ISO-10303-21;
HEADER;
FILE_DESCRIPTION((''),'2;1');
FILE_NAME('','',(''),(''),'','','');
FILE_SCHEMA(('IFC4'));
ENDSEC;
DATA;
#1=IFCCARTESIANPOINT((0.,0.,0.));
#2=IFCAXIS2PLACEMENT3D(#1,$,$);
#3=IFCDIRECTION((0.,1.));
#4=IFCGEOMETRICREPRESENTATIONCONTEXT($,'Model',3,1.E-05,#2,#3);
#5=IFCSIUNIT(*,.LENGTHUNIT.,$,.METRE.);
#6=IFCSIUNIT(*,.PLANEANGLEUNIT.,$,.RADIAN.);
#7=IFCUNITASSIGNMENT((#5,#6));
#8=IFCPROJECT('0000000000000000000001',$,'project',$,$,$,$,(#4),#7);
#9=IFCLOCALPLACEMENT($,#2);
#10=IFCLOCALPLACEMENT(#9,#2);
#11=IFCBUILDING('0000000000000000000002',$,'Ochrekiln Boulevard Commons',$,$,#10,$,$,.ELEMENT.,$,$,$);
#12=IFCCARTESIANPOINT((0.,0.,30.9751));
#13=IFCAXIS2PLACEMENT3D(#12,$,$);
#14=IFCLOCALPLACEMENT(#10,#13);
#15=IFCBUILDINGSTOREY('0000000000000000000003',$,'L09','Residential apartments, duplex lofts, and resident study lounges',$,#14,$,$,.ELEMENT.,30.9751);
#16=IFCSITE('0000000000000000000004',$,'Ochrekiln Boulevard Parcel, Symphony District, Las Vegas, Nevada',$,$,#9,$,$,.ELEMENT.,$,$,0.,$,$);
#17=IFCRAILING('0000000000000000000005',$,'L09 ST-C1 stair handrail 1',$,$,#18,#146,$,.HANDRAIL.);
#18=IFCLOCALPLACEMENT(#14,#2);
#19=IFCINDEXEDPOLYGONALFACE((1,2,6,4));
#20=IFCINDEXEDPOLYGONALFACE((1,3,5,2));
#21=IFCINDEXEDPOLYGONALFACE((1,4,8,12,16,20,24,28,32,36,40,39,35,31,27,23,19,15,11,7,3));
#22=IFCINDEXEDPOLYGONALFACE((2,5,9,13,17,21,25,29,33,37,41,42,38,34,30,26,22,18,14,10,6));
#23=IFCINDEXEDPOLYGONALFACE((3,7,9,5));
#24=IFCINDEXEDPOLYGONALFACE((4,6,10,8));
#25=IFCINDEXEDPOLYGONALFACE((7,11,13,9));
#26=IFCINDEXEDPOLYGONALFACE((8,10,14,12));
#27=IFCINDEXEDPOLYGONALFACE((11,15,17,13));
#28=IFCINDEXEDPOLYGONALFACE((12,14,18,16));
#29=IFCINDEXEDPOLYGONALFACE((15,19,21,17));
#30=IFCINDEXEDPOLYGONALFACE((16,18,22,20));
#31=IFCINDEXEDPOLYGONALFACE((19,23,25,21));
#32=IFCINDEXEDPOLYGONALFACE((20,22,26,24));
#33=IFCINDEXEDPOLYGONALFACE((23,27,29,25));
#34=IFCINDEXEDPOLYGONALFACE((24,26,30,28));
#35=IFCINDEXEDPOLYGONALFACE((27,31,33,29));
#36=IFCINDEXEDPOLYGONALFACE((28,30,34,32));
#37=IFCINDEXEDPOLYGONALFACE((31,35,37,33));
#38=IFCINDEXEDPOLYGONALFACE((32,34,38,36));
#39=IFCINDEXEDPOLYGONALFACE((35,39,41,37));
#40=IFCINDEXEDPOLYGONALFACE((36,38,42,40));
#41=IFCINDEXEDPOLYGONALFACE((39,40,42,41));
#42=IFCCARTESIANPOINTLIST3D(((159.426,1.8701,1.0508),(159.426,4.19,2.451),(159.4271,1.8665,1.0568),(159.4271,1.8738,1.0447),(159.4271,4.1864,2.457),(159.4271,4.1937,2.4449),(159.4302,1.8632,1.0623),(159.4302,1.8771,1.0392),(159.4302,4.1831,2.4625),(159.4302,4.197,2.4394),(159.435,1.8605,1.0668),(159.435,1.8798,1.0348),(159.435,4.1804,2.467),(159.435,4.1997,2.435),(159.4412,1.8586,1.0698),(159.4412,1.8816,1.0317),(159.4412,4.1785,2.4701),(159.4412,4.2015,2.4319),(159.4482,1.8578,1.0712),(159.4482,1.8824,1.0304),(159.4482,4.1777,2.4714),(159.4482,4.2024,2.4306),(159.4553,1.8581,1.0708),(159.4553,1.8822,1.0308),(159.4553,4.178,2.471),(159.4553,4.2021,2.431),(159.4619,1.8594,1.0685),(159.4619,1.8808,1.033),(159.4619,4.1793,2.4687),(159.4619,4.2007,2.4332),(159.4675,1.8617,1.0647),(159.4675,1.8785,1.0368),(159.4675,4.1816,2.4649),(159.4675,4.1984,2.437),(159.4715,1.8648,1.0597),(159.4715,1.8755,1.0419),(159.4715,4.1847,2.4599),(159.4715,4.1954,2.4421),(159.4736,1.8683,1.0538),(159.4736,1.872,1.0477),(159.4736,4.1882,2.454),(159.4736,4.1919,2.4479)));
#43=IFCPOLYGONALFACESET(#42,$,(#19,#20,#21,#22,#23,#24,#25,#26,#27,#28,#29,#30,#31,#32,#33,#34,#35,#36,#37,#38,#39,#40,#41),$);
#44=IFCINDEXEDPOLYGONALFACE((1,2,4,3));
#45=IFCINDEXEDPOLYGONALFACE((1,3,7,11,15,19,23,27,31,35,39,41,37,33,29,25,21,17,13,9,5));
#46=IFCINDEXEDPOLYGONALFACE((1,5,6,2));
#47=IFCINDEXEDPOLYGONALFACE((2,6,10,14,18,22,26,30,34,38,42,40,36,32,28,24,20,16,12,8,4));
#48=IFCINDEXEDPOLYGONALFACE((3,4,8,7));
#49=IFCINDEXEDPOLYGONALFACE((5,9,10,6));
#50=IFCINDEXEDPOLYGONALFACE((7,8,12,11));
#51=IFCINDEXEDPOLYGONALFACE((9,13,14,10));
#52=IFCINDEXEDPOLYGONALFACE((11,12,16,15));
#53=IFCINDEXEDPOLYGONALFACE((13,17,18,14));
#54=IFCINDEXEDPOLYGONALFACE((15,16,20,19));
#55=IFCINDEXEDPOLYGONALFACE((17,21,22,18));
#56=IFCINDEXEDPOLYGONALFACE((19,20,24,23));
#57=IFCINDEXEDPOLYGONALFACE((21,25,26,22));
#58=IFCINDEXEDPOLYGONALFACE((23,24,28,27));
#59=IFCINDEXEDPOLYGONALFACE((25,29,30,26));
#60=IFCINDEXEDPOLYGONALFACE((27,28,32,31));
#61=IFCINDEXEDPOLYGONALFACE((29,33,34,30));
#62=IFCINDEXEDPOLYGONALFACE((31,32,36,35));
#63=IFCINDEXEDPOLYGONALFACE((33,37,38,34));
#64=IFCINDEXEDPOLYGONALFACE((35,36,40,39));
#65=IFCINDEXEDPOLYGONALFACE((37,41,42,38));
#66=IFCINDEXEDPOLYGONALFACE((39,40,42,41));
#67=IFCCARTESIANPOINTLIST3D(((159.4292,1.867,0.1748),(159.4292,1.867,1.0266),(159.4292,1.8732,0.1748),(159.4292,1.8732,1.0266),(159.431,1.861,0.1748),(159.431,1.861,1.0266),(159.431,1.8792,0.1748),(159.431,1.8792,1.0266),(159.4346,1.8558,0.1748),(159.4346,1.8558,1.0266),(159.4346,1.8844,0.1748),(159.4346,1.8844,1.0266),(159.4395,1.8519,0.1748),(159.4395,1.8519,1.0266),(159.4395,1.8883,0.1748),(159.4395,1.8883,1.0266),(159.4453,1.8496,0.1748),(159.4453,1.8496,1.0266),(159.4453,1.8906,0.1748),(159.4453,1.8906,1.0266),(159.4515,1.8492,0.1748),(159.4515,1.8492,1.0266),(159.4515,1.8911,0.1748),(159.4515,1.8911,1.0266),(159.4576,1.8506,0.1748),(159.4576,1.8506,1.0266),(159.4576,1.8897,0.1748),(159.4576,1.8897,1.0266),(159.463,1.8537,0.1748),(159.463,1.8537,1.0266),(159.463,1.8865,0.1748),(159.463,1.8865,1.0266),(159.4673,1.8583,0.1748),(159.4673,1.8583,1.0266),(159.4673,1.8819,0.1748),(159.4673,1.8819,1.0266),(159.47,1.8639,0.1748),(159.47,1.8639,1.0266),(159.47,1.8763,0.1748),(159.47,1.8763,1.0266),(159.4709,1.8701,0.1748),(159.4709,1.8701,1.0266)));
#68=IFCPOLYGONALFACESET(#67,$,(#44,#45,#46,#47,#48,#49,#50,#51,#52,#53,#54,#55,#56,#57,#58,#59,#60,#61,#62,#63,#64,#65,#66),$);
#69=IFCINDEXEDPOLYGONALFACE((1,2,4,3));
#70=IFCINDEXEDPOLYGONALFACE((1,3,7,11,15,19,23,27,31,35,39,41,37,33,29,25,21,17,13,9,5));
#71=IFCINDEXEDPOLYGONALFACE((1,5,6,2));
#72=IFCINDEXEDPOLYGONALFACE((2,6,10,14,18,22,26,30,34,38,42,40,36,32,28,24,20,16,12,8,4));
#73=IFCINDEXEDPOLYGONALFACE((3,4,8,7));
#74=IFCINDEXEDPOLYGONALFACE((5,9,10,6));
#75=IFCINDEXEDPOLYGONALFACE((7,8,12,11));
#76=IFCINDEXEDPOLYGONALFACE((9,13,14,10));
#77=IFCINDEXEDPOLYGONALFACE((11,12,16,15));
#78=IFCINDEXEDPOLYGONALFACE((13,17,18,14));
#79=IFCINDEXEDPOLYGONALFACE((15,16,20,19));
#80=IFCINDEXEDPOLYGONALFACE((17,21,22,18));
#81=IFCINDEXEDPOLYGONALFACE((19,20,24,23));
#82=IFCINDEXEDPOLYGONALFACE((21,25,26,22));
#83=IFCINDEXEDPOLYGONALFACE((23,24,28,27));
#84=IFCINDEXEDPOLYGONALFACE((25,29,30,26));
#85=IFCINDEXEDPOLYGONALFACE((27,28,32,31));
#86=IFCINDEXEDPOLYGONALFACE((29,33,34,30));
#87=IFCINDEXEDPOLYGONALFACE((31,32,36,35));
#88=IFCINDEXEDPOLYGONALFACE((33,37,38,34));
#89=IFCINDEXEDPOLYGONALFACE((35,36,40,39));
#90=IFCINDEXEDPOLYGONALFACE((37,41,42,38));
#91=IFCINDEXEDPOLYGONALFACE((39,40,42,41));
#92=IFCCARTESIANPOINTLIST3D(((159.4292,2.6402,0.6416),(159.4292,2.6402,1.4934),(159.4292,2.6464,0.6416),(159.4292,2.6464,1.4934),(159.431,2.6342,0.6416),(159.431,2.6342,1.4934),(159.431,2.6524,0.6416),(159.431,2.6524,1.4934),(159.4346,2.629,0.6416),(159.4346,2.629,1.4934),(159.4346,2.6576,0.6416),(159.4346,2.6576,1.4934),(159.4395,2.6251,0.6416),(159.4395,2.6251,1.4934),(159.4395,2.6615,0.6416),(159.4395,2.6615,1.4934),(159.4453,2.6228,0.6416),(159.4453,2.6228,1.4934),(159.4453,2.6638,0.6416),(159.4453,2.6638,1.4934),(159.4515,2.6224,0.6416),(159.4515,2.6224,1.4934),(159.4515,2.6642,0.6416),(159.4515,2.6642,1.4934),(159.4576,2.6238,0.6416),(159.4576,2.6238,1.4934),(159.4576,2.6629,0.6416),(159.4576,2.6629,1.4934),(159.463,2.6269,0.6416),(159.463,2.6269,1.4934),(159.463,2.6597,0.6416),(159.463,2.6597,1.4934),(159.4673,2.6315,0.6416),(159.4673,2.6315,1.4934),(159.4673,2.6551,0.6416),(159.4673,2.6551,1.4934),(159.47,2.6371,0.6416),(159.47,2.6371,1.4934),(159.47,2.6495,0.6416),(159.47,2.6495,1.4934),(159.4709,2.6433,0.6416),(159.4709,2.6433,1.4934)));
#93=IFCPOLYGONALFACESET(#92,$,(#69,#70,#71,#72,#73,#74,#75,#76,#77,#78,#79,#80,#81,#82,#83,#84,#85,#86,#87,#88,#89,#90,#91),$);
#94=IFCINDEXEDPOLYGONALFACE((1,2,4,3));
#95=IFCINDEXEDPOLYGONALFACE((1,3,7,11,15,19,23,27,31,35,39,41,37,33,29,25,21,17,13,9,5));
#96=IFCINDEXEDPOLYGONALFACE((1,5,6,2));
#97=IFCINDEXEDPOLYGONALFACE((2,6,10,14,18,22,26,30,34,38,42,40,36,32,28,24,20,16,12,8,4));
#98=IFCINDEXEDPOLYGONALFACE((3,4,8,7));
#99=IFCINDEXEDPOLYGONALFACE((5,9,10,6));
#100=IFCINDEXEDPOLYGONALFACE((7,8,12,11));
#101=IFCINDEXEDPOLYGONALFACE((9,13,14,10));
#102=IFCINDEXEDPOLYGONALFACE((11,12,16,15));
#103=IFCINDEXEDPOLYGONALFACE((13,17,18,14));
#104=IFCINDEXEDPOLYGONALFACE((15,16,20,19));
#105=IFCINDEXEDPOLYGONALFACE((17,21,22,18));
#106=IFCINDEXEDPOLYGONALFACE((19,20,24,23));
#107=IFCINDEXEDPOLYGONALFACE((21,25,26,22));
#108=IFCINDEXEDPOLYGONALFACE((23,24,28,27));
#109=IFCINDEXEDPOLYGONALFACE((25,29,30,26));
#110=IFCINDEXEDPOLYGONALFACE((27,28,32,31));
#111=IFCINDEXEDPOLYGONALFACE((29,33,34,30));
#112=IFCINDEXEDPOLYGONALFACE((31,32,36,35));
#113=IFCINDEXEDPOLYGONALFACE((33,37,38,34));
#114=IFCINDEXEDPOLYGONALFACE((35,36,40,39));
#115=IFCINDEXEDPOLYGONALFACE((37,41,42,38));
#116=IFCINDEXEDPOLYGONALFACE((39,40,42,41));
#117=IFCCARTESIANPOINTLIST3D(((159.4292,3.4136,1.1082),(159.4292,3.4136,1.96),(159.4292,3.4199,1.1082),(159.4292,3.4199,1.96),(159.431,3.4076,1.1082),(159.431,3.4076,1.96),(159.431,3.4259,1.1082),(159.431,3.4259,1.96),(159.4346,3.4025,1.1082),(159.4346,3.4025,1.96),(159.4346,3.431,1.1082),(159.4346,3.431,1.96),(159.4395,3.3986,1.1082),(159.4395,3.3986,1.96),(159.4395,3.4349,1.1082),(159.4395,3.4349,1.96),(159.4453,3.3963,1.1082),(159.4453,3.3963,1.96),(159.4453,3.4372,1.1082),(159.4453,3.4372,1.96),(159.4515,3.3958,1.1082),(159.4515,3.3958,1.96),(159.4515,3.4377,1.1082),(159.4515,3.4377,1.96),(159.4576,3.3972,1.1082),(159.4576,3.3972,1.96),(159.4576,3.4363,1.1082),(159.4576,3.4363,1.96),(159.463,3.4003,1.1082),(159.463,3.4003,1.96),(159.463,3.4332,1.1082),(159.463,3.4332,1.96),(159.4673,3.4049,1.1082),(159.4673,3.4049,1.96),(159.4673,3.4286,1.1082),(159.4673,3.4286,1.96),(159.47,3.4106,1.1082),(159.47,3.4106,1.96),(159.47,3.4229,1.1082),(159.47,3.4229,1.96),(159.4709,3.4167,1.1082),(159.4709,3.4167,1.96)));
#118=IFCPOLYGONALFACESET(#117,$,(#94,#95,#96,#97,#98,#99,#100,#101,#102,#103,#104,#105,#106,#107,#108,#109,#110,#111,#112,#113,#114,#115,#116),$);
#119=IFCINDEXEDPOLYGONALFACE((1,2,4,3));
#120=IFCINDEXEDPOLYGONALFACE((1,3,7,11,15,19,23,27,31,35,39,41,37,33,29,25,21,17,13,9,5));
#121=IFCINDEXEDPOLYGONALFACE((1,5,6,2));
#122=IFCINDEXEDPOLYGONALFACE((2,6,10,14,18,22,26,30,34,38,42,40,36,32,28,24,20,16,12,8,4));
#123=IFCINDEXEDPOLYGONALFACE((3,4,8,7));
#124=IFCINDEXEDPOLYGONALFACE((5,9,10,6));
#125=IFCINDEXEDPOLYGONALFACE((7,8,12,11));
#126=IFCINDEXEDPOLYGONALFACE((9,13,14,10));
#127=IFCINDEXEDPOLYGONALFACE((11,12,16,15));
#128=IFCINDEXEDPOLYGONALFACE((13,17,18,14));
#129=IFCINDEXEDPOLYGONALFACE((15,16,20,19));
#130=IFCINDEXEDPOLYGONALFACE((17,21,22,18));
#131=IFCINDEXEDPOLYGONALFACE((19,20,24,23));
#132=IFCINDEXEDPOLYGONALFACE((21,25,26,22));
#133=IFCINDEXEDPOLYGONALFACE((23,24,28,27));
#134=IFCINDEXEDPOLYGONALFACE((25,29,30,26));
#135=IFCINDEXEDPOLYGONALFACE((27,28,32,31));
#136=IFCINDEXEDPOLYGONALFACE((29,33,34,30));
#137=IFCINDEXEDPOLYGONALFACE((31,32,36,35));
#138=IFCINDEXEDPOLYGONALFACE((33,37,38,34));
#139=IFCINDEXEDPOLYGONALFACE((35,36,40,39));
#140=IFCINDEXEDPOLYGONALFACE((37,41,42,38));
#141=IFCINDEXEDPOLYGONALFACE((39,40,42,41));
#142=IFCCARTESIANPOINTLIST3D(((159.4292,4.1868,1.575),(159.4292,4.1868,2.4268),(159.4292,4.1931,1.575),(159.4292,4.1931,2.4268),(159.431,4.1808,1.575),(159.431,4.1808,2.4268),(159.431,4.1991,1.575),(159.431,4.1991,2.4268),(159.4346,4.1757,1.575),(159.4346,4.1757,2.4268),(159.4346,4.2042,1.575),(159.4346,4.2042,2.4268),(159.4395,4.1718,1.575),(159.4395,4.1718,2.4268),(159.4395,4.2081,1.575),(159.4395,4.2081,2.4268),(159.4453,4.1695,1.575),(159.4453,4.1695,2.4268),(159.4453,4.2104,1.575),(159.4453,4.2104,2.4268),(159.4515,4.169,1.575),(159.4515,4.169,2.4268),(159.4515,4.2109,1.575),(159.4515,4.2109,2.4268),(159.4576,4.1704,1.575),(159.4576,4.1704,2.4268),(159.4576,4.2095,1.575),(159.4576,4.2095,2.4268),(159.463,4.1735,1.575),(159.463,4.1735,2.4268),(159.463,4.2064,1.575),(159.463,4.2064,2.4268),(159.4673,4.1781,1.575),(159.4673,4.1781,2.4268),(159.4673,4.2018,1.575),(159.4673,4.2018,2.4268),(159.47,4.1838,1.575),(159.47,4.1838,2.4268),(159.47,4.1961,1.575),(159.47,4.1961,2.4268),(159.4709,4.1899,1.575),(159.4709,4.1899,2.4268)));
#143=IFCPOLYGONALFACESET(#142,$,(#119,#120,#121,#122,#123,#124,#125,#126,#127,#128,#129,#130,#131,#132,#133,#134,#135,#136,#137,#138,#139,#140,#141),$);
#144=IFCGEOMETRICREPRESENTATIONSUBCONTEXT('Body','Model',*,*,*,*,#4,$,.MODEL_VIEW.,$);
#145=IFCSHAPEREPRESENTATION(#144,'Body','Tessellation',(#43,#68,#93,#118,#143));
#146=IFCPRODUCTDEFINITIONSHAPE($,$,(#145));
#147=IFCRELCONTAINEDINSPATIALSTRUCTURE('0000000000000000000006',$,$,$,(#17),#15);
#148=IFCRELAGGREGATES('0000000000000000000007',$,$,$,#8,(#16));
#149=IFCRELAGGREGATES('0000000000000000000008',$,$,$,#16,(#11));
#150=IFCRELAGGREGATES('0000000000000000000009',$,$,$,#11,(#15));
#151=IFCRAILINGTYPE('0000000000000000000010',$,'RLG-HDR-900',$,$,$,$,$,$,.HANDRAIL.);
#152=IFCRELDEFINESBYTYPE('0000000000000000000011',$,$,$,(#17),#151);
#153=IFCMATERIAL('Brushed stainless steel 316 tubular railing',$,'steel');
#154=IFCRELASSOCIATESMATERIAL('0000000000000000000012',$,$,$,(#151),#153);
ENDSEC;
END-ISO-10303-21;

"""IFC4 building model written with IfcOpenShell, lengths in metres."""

from ifc_helpers import new_model, si_unit, direction, frame, origin, origin_2d, place, context, subcontext, project, spatial, circle, extrude, material, type_object, element, save


model = new_model("IFC4")

# Units and contexts
model_context = context("Model", 3, precision=1e-05, world=origin(), true_north=direction((0.0, 1.0)))
body_context = subcontext(model_context, "Body", "Model", "MODEL_VIEW")
ifc_project = project(units=[si_unit("LENGTHUNIT", "METRE"), si_unit("PLANEANGLEUNIT", "RADIAN")], contexts=[model_context])

# Site, building, storey
site_placement = place(None, origin())
site = spatial("IfcSite", under=ifc_project, at=site_placement, Name="Ochrekiln Boulevard Parcel, Symphony District, Las Vegas, Nevada", CompositionType="ELEMENT", RefElevation=0.0)
building_placement = place(site_placement, origin())
building = spatial("IfcBuilding", under=site, at=building_placement, Name="Ochrekiln Boulevard Commons", CompositionType="ELEMENT")
storey_placement = place(building_placement, frame((0.0, 0.0, 30.9751)))
storey = spatial("IfcBuildingStorey", under=building, at=storey_placement, Name="L09", Description="Residential apartments, duplex lofts, and resident study lounges", CompositionType="ELEMENT", Elevation=30.9751)

# Railing
ifc_material_1 = material(Name="Brushed stainless steel 316 tubular railing", Category="steel")
railing_type_1 = type_object("IfcRailingType", Name="RLG-HDR-900", PredefinedType="HANDRAIL", material=ifc_material_1)
railing_1_placement = place(storey_placement, frame((159.45, 1.8701, 0.1748)))
element("IfcRailing", 1, at=railing_1_placement, inside=storey, type_object=railing_type_1, Name="L09 ST-C1 stair handrail 1", PredefinedType="HANDRAIL", context=body_context, shape_type="SweptSolid", body=[
    extrude(circle(Radius=0.0239, at=origin_2d()), frame((0.0, 0.0, 0.876), z_axis=(0.0, 0.856146, 0.516733), x_axis=(-1.0, 0.0, 0.0)), (0.0, 0.0, 1.0), 2.7097),
    extrude(circle(Radius=0.021, at=origin_2d()), origin(), (0.0, 0.0, 1.0), 0.8518),
    extrude(circle(Radius=0.021, at=origin_2d()), frame((0.0, 0.7732, 0.4668)), (0.0, 0.0, 1.0), 0.8518),
    extrude(circle(Radius=0.021, at=origin_2d()), frame((0.0, 1.5466, 0.9333)), (0.0, 0.0, 1.0), 0.8518),
    extrude(circle(Radius=0.021, at=origin_2d()), frame((0.0, 2.3198, 1.4001)), (0.0, 0.0, 1.0), 0.8518),
])

save(model, "model.ifc")
